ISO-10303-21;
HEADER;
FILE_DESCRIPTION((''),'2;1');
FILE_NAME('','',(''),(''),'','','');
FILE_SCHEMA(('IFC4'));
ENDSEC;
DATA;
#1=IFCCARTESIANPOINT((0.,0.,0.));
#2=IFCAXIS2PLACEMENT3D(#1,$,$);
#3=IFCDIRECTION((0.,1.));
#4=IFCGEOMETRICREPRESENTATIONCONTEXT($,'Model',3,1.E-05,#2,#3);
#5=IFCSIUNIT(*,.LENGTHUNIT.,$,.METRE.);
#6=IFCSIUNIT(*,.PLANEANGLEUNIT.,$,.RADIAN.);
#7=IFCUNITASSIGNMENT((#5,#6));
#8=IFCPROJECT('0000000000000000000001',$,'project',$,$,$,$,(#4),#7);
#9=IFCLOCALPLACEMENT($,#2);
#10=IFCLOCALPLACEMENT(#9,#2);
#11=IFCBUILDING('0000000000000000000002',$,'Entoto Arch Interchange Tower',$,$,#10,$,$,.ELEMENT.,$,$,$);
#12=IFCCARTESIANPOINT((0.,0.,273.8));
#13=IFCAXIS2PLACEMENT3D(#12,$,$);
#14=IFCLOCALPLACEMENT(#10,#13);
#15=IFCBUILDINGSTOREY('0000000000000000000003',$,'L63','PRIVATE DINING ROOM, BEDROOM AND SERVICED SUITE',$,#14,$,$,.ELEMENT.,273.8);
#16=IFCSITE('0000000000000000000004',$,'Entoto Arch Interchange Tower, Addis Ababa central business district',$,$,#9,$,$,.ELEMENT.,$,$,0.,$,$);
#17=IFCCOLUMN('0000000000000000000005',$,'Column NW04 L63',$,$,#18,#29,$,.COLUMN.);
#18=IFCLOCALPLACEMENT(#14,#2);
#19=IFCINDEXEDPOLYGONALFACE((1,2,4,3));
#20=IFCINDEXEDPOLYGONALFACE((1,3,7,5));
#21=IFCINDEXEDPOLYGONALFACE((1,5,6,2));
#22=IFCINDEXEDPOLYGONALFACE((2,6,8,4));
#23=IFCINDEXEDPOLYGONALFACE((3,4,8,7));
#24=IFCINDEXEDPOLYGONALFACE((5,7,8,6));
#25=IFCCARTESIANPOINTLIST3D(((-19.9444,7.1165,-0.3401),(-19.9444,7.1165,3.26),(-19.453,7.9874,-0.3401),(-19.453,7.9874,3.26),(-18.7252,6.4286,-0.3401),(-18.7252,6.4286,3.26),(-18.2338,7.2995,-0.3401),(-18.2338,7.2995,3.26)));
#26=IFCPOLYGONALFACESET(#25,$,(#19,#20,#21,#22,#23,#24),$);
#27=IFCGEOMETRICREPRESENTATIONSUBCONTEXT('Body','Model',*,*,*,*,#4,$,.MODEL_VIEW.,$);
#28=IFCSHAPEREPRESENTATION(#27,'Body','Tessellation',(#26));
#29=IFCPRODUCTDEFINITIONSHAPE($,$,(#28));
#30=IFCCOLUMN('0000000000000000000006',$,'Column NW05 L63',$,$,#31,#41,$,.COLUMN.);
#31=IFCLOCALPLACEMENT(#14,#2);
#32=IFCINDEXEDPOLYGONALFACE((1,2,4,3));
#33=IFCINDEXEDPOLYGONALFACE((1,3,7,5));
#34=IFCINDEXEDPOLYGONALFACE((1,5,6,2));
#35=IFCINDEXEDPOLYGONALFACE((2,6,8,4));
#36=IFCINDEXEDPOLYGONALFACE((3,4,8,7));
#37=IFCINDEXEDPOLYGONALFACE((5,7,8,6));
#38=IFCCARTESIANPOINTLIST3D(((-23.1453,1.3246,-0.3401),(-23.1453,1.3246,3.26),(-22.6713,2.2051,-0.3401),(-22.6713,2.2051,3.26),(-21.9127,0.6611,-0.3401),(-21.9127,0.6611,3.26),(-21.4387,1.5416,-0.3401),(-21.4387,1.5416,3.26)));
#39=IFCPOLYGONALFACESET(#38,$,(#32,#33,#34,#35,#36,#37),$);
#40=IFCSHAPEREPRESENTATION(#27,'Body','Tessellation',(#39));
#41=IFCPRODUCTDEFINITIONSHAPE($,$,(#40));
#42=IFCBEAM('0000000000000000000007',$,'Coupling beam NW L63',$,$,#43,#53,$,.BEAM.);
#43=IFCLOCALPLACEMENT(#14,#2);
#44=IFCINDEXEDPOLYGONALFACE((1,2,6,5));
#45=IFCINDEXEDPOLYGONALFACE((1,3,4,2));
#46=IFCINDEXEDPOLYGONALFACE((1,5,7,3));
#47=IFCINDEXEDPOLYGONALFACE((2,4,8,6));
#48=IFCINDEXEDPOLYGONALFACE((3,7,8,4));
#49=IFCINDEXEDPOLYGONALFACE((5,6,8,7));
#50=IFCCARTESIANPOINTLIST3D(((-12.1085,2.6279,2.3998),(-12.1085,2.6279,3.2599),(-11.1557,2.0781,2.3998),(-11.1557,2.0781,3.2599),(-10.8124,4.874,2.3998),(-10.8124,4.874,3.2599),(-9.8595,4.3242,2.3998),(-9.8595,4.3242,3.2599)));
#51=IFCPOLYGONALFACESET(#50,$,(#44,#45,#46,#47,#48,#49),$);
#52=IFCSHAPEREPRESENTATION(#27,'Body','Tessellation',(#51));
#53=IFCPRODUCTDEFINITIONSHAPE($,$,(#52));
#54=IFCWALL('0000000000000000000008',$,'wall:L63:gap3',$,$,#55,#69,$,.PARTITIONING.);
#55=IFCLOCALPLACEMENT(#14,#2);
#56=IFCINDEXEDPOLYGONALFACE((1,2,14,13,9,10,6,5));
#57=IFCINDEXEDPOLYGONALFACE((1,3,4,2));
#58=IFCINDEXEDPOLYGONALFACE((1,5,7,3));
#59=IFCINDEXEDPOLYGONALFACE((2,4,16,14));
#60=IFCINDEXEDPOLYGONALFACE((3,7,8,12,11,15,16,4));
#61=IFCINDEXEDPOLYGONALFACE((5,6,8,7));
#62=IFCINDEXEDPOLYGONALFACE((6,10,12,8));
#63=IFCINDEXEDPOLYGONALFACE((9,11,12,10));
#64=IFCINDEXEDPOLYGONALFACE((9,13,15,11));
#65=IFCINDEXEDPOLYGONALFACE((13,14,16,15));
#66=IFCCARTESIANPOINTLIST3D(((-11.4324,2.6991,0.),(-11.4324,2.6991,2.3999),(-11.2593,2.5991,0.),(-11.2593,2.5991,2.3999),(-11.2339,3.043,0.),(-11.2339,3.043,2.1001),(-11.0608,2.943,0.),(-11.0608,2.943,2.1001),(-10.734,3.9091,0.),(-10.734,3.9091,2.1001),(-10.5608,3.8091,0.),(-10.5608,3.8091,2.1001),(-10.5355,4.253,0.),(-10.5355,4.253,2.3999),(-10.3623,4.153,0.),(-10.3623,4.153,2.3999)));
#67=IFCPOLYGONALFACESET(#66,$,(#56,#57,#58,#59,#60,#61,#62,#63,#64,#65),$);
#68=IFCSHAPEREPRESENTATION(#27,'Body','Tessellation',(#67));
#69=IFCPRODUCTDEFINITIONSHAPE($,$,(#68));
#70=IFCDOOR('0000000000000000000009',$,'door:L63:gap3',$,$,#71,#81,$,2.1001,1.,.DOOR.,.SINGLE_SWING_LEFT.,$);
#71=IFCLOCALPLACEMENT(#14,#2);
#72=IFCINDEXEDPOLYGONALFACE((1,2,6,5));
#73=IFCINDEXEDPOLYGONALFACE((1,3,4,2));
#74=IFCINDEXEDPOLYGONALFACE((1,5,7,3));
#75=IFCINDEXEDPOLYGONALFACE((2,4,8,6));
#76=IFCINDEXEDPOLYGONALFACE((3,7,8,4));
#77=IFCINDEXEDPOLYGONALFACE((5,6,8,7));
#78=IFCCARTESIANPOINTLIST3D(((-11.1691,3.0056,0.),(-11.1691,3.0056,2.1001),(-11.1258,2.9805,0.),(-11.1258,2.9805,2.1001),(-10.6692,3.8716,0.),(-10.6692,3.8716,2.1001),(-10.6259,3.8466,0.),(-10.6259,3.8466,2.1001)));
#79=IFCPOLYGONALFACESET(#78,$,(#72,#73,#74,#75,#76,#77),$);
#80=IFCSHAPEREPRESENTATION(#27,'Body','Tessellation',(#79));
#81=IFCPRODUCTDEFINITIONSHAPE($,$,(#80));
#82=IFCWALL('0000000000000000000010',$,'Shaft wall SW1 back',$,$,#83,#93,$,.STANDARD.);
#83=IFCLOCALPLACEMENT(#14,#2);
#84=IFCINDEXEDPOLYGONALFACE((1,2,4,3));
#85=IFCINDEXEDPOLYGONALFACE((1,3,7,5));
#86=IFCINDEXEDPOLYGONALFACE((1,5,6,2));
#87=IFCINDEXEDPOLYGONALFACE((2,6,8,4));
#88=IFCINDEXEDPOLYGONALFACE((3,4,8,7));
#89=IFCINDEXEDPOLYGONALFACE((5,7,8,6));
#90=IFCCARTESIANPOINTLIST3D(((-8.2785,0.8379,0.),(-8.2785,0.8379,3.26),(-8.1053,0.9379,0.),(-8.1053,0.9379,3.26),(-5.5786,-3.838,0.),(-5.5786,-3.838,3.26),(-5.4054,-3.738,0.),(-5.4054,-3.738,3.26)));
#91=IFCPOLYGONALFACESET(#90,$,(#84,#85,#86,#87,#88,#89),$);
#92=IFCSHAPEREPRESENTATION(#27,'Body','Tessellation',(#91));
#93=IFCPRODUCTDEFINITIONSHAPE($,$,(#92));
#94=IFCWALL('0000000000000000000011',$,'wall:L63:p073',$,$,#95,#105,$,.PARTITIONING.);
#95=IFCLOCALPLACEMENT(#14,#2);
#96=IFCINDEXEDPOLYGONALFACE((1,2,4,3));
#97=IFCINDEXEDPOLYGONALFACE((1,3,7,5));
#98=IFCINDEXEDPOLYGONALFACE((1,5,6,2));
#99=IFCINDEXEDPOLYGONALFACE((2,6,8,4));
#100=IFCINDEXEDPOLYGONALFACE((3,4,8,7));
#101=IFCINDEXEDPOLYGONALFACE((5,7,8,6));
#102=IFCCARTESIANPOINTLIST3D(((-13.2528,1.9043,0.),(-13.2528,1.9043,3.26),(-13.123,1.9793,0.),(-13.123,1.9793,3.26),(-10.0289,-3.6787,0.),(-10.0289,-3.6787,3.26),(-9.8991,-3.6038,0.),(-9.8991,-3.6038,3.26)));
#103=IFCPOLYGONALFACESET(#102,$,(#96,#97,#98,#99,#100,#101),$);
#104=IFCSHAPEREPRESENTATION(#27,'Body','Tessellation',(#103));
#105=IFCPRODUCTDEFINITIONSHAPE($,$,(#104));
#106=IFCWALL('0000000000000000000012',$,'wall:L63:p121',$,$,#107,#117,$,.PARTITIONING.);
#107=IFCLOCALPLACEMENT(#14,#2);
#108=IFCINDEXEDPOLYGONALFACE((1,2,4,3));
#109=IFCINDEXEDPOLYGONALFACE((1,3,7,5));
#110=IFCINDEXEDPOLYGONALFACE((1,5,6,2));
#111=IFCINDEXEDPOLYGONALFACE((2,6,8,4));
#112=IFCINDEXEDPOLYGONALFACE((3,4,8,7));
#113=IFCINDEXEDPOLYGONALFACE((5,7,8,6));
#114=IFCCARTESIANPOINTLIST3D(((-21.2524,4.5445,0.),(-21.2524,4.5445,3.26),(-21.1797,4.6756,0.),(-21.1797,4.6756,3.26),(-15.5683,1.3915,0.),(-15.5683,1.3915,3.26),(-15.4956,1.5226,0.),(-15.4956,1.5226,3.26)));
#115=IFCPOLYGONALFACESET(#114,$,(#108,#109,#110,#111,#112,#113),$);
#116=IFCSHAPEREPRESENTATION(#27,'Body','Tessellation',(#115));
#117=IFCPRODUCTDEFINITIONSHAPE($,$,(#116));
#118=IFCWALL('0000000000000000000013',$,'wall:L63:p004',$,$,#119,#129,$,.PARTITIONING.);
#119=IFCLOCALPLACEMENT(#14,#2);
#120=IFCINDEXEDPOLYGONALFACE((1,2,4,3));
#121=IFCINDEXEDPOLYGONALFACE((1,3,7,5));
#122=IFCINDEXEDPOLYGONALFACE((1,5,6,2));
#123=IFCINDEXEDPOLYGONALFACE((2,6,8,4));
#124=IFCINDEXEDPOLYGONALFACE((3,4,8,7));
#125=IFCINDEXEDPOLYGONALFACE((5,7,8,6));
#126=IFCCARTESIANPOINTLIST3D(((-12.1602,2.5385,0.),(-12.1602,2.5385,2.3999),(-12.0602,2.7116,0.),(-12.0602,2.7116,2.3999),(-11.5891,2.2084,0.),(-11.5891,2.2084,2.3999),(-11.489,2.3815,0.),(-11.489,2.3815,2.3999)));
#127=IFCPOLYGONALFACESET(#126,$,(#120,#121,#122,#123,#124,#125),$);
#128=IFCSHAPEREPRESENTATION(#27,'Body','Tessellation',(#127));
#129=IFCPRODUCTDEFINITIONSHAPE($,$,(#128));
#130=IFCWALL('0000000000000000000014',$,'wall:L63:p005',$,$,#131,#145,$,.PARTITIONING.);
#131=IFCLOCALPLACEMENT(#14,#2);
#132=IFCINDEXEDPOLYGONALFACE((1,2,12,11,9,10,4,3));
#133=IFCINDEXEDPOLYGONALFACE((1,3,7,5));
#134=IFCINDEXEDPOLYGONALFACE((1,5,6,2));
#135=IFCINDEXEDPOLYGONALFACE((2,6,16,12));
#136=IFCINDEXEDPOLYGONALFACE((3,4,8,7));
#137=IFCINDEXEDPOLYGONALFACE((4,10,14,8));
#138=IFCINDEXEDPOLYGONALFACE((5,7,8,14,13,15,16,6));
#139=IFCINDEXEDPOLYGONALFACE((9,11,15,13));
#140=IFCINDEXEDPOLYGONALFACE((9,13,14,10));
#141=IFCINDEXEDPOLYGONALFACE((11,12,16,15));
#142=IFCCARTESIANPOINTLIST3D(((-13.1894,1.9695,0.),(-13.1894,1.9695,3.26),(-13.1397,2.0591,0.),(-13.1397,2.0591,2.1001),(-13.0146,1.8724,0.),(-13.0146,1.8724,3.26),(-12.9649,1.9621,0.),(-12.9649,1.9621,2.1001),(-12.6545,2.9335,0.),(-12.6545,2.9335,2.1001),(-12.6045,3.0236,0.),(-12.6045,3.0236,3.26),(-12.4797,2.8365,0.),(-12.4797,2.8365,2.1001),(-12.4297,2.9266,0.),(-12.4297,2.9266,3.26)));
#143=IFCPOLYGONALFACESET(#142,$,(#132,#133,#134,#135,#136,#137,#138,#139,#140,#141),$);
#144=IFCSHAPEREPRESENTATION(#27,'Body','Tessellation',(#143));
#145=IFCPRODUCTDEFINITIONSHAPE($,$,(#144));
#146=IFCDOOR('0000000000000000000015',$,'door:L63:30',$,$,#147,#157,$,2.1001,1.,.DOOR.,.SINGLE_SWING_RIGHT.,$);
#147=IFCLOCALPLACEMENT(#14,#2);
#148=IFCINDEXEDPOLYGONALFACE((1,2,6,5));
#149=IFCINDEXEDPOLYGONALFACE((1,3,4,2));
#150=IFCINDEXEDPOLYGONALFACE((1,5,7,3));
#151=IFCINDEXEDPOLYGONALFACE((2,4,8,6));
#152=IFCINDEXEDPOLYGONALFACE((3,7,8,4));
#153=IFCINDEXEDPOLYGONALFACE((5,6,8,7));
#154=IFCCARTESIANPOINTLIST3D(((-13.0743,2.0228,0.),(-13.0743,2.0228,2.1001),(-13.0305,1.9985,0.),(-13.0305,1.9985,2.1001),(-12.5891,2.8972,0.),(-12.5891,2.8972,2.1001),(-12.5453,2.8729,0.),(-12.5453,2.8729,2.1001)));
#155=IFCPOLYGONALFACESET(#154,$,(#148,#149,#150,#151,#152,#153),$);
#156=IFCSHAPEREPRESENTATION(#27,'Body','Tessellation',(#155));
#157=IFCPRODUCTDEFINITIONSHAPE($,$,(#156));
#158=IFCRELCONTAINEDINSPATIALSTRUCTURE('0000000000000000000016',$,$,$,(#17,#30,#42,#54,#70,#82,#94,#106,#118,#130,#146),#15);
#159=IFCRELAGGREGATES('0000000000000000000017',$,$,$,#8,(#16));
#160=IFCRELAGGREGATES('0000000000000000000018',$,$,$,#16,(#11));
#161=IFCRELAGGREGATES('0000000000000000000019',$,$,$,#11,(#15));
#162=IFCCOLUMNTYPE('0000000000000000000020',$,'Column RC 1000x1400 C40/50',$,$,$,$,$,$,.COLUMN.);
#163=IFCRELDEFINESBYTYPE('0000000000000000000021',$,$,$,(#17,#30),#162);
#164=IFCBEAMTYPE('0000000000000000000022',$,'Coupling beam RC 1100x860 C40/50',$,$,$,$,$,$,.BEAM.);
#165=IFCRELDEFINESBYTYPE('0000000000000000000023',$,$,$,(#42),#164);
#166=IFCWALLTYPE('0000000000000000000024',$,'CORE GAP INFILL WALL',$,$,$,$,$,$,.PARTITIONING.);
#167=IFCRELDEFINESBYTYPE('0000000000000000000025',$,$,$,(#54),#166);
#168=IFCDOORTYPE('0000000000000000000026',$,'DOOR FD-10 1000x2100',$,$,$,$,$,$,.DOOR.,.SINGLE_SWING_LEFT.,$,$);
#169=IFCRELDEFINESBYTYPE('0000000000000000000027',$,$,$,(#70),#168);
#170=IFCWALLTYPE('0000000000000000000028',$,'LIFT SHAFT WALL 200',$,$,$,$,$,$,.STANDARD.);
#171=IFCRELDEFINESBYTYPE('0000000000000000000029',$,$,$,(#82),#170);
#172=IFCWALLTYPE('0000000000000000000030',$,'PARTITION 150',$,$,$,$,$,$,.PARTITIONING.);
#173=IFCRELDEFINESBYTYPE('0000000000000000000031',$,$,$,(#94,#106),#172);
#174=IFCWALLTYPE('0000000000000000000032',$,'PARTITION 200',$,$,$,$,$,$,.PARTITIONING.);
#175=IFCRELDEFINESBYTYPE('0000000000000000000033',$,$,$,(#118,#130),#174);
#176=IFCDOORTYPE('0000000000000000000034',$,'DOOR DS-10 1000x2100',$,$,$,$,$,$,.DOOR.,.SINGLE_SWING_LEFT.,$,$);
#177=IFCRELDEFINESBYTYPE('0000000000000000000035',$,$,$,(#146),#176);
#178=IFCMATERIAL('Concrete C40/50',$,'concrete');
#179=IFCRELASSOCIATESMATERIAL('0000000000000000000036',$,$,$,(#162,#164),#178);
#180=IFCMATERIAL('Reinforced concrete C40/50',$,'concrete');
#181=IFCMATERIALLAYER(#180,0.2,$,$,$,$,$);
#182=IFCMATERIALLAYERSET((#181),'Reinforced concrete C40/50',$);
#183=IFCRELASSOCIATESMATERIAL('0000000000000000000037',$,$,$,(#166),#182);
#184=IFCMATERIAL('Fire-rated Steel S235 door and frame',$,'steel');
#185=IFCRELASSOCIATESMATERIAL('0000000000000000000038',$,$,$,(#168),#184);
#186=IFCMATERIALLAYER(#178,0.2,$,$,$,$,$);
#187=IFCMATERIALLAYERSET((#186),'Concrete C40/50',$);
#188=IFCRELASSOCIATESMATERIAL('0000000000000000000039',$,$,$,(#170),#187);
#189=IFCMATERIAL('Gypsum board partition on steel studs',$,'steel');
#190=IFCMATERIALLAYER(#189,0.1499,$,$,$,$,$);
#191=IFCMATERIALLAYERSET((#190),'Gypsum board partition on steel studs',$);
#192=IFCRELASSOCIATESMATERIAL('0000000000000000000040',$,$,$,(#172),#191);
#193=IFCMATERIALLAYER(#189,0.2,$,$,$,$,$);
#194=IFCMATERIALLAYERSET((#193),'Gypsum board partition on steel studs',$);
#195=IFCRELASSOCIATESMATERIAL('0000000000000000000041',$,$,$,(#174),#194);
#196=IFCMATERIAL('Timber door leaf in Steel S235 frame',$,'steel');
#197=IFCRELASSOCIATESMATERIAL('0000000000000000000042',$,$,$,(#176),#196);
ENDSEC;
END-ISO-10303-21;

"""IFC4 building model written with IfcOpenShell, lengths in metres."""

from ifc_helpers import new_model, si_unit, direction, frame, frame_2d, origin, origin_2d, place, context, subcontext, project, spatial, rectangle, extrude, material, layer, layer_set, material_profile, profile_set, type_object, element, fill, save


model = new_model("IFC4")

# Units and contexts
model_context = context("Model", 3, precision=1e-05, world=origin(), true_north=direction((0.0, 1.0)))
body_context = subcontext(model_context, "Body", "Model", "MODEL_VIEW")
ifc_project = project(units=[si_unit("LENGTHUNIT", "METRE"), si_unit("PLANEANGLEUNIT", "RADIAN")], contexts=[model_context])

# Site, building, storey
site_placement = place(None, origin())
site = spatial("IfcSite", under=ifc_project, at=site_placement, Name="Entoto Arch Interchange Tower, Addis Ababa central business district", CompositionType="ELEMENT", RefElevation=0.0)
building_placement = place(site_placement, origin())
building = spatial("IfcBuilding", under=site, at=building_placement, Name="Entoto Arch Interchange Tower", CompositionType="ELEMENT")
storey_placement = place(building_placement, frame((0.0, 0.0, 273.8)))
storey = spatial("IfcBuildingStorey", under=building, at=storey_placement, Name="L63", Description="PRIVATE DINING ROOM, BEDROOM AND SERVICED SUITE", CompositionType="ELEMENT", Elevation=273.8)

# Columns
ifc_material_1 = material(Name="Concrete C40/50", Category="concrete")
ifc_material_profile_1 = material_profile(ifc_material_1, rectangle(XDim=1.0, YDim=1.3999, at=origin_2d()))
ifc_profile_set_1 = profile_set([ifc_material_profile_1], Name="Concrete C40/50")
column_type = type_object("IfcColumnType", Name="Column RC 1000x1400 C40/50", PredefinedType="COLUMN", material=ifc_profile_set_1)
for number, where, z_axis, x_axis, name in (
    (1, (-19.0891, 7.208, -0.3401), (0.0, 0.0, 1.0), (0.491375, 0.870948, 0.0), "Column NW04 L63"),
    (2, (-22.292, 1.4331, -0.3401), (0.0, 0.0, 1.0), (0.473981, 0.880535, 0.0), "Column NW05 L63"),
):
    element("IfcColumn", number, at=place(storey_placement, frame(where, z_axis=z_axis, x_axis=x_axis)), inside=storey, type_object=column_type, Name=name, PredefinedType="COLUMN", context=body_context, shape_type="SweptSolid", body=[
        extrude(rectangle(XDim=1.0, YDim=1.3999, at=origin_2d()), origin(), (0.0, 0.0, 1.0), 3.6001),
    ])

# Beam
ifc_material_profile_2 = material_profile(ifc_material_1, rectangle(XDim=1.1001, YDim=0.8601, at=origin_2d()))
ifc_profile_set_2 = profile_set([ifc_material_profile_2], Name="Concrete C40/50")
beam_type = type_object("IfcBeamType", Name="Coupling beam RC 1100x860 C40/50", PredefinedType="BEAM", material=ifc_profile_set_2)
beam_placement = place(storey_placement, frame((-10.3359, 4.5991, 2.8298), z_axis=(-0.499815, -0.866132, 0.0), x_axis=(0.866132, -0.499815, 0.0)))
element("IfcBeam", 3, at=beam_placement, inside=storey, type_object=beam_type, Name="Coupling beam NW L63", PredefinedType="BEAM", context=body_context, shape_type="SweptSolid", body=[
    extrude(rectangle(XDim=1.1001, YDim=0.8601, at=origin_2d()), origin(), (0.0, 0.0, 1.0), 2.5933),
])

# Wall, opening, door
ifc_material_2 = material(Name="Reinforced concrete C40/50", Category="concrete")
ifc_layer_1 = layer(ifc_material_2, 0.2)
ifc_layer_set_1 = layer_set([ifc_layer_1], Name="Reinforced concrete C40/50")
wall_type_1 = type_object("IfcWallType", Name="CORE GAP INFILL WALL", PredefinedType="PARTITIONING", material=ifc_layer_set_1)
wall_1_placement = place(storey_placement, frame((-10.449, 4.2029, 0.0), z_axis=(0.0, 0.0, 1.0), x_axis=(-0.499915, -0.866075, 0.0)))
wall_1 = element("IfcWall", 4, at=wall_1_placement, inside=storey, type_object=wall_type_1, Name="wall:L63:gap3", PredefinedType="PARTITIONING", context=body_context, shape_type="SweptSolid", body=[
    extrude(rectangle(XDim=1.7942, YDim=0.2, at=frame_2d((0.897, 0.0))), origin(), (0.0, 0.0, 1.0), 2.3999),
])
opening_1_placement = place(wall_1_placement, frame((0.397, 0.0, 0.0)))
opening_1 = element("IfcOpeningElement", 5, at=opening_1_placement, cuts=wall_1, PredefinedType="OPENING", context=body_context, shape_type="SweptSolid", body=[
    extrude(rectangle(XDim=1.0, YDim=2.1001, at=frame_2d((0.5, 1.05))), frame((0.0, 0.1099, 0.0), z_axis=(0.0, -1.0, 0.0), x_axis=(1.0, 0.0, 0.0)), (0.0, 0.0, 1.0), 0.22),
])
ifc_material_3 = material(Name="Fire-rated Steel S235 door and frame", Category="steel")
door_type_1 = type_object("IfcDoorType", Name="DOOR FD-10 1000x2100", OperationType="SINGLE_SWING_LEFT", PredefinedType="DOOR", material=ifc_material_3)
door_1_placement = place(opening_1_placement, origin())
door_1 = element("IfcDoor", 6, at=door_1_placement, inside=storey, type_object=door_type_1, Name="door:L63:gap3", OperationType="SINGLE_SWING_LEFT", OverallHeight=2.1001, OverallWidth=1.0, PredefinedType="DOOR", context=body_context, shape_type="SweptSolid", body=[
    extrude(rectangle(XDim=1.0, YDim=2.1001, at=frame_2d((0.5, 1.05))), frame((0.0, 0.0249, 0.0), z_axis=(0.0, -1.0, 0.0), x_axis=(1.0, 0.0, 0.0)), (0.0, 0.0, 1.0), 0.05),
])
fill(opening_1, door_1)

# Walls
ifc_layer_2 = layer(ifc_material_1, 0.2)
ifc_layer_set_2 = layer_set([ifc_layer_2], Name="Concrete C40/50")
wall_type_2 = type_object("IfcWallType", Name="LIFT SHAFT WALL 200", PredefinedType="STANDARD", material=ifc_layer_set_2)
wall_2_placement = place(storey_placement, frame((-8.1919, 0.8879, 0.0), z_axis=(0.0, 0.0, 1.0), x_axis=(0.500034, -0.866006, 0.0)))
element("IfcWall", 7, at=wall_2_placement, inside=storey, type_object=wall_type_2, Name="Shaft wall SW1 back", PredefinedType="STANDARD", context=body_context, shape_type="SweptSolid", body=[
    extrude(rectangle(XDim=5.3994, YDim=0.2, at=frame_2d((2.6997, 0.0))), origin(), (0.0, 0.0, 1.0), 3.26),
])
ifc_material_4 = material(Name="Gypsum board partition on steel studs", Category="steel")
ifc_layer_3 = layer(ifc_material_4, 0.1499)
ifc_layer_set_3 = layer_set([ifc_layer_3], Name="Gypsum board partition on steel studs")
wall_type_3 = type_object("IfcWallType", Name="PARTITION 150", PredefinedType="PARTITIONING", material=ifc_layer_set_3)
wall_3_placement = place(storey_placement, frame((-13.188, 1.9419, 0.0), z_axis=(0.0, 0.0, 1.0), x_axis=(0.500061, -0.86599, 0.0)))
element("IfcWall", 8, at=wall_3_placement, inside=storey, type_object=wall_type_3, Name="wall:L63:p073", PredefinedType="PARTITIONING", context=body_context, shape_type="SweptSolid", body=[
    extrude(rectangle(XDim=6.447, YDim=0.1499, at=frame_2d((3.2236, 0.0))), origin(), (0.0, 0.0, 1.0), 3.26),
])
wall_4_placement = place(storey_placement, frame((-15.532, 1.457, 0.0), z_axis=(0.0, 0.0, 1.0), x_axis=(-0.874467, 0.485085, 0.0)))
element("IfcWall", 9, at=wall_4_placement, inside=storey, type_object=wall_type_3, Name="wall:L63:p121", PredefinedType="PARTITIONING", context=body_context, shape_type="SweptSolid", body=[
    extrude(rectangle(XDim=6.5, YDim=0.1499, at=frame_2d((3.25, 0.0))), origin(), (0.0, 0.0, 1.0), 3.26),
])
ifc_layer_4 = layer(ifc_material_4, 0.2)
ifc_layer_set_4 = layer_set([ifc_layer_4], Name="Gypsum board partition on steel studs")
wall_type_4 = type_object("IfcWallType", Name="PARTITION 200", PredefinedType="PARTITIONING", material=ifc_layer_set_4)
wall_5_placement = place(storey_placement, frame((-11.5391, 2.2949, 0.0), z_axis=(0.0, 0.0, 1.0), x_axis=(-0.865772, 0.500438, 0.0)))
element("IfcWall", 10, at=wall_5_placement, inside=storey, type_object=wall_type_4, Name="wall:L63:p004", PredefinedType="PARTITIONING", context=body_context, shape_type="SweptSolid", body=[
    extrude(rectangle(XDim=0.6597, YDim=0.2, at=frame_2d((0.3298, 0.0))), origin(), (0.0, 0.0, 1.0), 2.3999),
])

# Wall, opening, door
wall_6_placement = place(storey_placement, frame((-12.5171, 2.9751, 0.0), z_axis=(0.0, 0.0, 1.0), x_axis=(-0.485196, -0.874406, 0.0)))
wall_6 = element("IfcWall", 11, at=wall_6_placement, inside=storey, type_object=wall_type_4, Name="wall:L63:p005", PredefinedType="PARTITIONING", context=body_context, shape_type="SweptSolid", body=[
    extrude(rectangle(XDim=1.2056, YDim=0.2, at=frame_2d((0.6028, 0.0))), origin(), (0.0, 0.0, 1.0), 3.26),
])
opening_2_placement = place(wall_6_placement, frame((0.103, 0.0, 0.0)))
opening_2 = element("IfcOpeningElement", 12, at=opening_2_placement, cuts=wall_6, PredefinedType="OPENING", context=body_context, shape_type="SweptSolid", body=[
    extrude(rectangle(XDim=1.0, YDim=2.1001, at=frame_2d((0.5, 1.05))), frame((0.0, 0.1099, 0.0), z_axis=(0.0, -1.0, 0.0), x_axis=(1.0, 0.0, 0.0)), (0.0, 0.0, 1.0), 0.22),
])
ifc_material_5 = material(Name="Timber door leaf in Steel S235 frame", Category="steel")
door_type_2 = type_object("IfcDoorType", Name="DOOR DS-10 1000x2100", OperationType="SINGLE_SWING_LEFT", PredefinedType="DOOR", material=ifc_material_5)
door_2_placement = place(opening_2_placement, origin())
door_2 = element("IfcDoor", 13, at=door_2_placement, inside=storey, type_object=door_type_2, Name="door:L63:30", OperationType="SINGLE_SWING_RIGHT", OverallHeight=2.1001, OverallWidth=1.0, PredefinedType="DOOR", context=body_context, shape_type="SweptSolid", body=[
    extrude(rectangle(XDim=1.0, YDim=2.1001, at=frame_2d((0.5, 1.05))), frame((0.0, 0.0249, 0.0), z_axis=(0.0, -1.0, 0.0), x_axis=(1.0, 0.0, 0.0)), (0.0, 0.0, 1.0), 0.05),
])
fill(opening_2, door_2)

save(model, "model.ifc")
